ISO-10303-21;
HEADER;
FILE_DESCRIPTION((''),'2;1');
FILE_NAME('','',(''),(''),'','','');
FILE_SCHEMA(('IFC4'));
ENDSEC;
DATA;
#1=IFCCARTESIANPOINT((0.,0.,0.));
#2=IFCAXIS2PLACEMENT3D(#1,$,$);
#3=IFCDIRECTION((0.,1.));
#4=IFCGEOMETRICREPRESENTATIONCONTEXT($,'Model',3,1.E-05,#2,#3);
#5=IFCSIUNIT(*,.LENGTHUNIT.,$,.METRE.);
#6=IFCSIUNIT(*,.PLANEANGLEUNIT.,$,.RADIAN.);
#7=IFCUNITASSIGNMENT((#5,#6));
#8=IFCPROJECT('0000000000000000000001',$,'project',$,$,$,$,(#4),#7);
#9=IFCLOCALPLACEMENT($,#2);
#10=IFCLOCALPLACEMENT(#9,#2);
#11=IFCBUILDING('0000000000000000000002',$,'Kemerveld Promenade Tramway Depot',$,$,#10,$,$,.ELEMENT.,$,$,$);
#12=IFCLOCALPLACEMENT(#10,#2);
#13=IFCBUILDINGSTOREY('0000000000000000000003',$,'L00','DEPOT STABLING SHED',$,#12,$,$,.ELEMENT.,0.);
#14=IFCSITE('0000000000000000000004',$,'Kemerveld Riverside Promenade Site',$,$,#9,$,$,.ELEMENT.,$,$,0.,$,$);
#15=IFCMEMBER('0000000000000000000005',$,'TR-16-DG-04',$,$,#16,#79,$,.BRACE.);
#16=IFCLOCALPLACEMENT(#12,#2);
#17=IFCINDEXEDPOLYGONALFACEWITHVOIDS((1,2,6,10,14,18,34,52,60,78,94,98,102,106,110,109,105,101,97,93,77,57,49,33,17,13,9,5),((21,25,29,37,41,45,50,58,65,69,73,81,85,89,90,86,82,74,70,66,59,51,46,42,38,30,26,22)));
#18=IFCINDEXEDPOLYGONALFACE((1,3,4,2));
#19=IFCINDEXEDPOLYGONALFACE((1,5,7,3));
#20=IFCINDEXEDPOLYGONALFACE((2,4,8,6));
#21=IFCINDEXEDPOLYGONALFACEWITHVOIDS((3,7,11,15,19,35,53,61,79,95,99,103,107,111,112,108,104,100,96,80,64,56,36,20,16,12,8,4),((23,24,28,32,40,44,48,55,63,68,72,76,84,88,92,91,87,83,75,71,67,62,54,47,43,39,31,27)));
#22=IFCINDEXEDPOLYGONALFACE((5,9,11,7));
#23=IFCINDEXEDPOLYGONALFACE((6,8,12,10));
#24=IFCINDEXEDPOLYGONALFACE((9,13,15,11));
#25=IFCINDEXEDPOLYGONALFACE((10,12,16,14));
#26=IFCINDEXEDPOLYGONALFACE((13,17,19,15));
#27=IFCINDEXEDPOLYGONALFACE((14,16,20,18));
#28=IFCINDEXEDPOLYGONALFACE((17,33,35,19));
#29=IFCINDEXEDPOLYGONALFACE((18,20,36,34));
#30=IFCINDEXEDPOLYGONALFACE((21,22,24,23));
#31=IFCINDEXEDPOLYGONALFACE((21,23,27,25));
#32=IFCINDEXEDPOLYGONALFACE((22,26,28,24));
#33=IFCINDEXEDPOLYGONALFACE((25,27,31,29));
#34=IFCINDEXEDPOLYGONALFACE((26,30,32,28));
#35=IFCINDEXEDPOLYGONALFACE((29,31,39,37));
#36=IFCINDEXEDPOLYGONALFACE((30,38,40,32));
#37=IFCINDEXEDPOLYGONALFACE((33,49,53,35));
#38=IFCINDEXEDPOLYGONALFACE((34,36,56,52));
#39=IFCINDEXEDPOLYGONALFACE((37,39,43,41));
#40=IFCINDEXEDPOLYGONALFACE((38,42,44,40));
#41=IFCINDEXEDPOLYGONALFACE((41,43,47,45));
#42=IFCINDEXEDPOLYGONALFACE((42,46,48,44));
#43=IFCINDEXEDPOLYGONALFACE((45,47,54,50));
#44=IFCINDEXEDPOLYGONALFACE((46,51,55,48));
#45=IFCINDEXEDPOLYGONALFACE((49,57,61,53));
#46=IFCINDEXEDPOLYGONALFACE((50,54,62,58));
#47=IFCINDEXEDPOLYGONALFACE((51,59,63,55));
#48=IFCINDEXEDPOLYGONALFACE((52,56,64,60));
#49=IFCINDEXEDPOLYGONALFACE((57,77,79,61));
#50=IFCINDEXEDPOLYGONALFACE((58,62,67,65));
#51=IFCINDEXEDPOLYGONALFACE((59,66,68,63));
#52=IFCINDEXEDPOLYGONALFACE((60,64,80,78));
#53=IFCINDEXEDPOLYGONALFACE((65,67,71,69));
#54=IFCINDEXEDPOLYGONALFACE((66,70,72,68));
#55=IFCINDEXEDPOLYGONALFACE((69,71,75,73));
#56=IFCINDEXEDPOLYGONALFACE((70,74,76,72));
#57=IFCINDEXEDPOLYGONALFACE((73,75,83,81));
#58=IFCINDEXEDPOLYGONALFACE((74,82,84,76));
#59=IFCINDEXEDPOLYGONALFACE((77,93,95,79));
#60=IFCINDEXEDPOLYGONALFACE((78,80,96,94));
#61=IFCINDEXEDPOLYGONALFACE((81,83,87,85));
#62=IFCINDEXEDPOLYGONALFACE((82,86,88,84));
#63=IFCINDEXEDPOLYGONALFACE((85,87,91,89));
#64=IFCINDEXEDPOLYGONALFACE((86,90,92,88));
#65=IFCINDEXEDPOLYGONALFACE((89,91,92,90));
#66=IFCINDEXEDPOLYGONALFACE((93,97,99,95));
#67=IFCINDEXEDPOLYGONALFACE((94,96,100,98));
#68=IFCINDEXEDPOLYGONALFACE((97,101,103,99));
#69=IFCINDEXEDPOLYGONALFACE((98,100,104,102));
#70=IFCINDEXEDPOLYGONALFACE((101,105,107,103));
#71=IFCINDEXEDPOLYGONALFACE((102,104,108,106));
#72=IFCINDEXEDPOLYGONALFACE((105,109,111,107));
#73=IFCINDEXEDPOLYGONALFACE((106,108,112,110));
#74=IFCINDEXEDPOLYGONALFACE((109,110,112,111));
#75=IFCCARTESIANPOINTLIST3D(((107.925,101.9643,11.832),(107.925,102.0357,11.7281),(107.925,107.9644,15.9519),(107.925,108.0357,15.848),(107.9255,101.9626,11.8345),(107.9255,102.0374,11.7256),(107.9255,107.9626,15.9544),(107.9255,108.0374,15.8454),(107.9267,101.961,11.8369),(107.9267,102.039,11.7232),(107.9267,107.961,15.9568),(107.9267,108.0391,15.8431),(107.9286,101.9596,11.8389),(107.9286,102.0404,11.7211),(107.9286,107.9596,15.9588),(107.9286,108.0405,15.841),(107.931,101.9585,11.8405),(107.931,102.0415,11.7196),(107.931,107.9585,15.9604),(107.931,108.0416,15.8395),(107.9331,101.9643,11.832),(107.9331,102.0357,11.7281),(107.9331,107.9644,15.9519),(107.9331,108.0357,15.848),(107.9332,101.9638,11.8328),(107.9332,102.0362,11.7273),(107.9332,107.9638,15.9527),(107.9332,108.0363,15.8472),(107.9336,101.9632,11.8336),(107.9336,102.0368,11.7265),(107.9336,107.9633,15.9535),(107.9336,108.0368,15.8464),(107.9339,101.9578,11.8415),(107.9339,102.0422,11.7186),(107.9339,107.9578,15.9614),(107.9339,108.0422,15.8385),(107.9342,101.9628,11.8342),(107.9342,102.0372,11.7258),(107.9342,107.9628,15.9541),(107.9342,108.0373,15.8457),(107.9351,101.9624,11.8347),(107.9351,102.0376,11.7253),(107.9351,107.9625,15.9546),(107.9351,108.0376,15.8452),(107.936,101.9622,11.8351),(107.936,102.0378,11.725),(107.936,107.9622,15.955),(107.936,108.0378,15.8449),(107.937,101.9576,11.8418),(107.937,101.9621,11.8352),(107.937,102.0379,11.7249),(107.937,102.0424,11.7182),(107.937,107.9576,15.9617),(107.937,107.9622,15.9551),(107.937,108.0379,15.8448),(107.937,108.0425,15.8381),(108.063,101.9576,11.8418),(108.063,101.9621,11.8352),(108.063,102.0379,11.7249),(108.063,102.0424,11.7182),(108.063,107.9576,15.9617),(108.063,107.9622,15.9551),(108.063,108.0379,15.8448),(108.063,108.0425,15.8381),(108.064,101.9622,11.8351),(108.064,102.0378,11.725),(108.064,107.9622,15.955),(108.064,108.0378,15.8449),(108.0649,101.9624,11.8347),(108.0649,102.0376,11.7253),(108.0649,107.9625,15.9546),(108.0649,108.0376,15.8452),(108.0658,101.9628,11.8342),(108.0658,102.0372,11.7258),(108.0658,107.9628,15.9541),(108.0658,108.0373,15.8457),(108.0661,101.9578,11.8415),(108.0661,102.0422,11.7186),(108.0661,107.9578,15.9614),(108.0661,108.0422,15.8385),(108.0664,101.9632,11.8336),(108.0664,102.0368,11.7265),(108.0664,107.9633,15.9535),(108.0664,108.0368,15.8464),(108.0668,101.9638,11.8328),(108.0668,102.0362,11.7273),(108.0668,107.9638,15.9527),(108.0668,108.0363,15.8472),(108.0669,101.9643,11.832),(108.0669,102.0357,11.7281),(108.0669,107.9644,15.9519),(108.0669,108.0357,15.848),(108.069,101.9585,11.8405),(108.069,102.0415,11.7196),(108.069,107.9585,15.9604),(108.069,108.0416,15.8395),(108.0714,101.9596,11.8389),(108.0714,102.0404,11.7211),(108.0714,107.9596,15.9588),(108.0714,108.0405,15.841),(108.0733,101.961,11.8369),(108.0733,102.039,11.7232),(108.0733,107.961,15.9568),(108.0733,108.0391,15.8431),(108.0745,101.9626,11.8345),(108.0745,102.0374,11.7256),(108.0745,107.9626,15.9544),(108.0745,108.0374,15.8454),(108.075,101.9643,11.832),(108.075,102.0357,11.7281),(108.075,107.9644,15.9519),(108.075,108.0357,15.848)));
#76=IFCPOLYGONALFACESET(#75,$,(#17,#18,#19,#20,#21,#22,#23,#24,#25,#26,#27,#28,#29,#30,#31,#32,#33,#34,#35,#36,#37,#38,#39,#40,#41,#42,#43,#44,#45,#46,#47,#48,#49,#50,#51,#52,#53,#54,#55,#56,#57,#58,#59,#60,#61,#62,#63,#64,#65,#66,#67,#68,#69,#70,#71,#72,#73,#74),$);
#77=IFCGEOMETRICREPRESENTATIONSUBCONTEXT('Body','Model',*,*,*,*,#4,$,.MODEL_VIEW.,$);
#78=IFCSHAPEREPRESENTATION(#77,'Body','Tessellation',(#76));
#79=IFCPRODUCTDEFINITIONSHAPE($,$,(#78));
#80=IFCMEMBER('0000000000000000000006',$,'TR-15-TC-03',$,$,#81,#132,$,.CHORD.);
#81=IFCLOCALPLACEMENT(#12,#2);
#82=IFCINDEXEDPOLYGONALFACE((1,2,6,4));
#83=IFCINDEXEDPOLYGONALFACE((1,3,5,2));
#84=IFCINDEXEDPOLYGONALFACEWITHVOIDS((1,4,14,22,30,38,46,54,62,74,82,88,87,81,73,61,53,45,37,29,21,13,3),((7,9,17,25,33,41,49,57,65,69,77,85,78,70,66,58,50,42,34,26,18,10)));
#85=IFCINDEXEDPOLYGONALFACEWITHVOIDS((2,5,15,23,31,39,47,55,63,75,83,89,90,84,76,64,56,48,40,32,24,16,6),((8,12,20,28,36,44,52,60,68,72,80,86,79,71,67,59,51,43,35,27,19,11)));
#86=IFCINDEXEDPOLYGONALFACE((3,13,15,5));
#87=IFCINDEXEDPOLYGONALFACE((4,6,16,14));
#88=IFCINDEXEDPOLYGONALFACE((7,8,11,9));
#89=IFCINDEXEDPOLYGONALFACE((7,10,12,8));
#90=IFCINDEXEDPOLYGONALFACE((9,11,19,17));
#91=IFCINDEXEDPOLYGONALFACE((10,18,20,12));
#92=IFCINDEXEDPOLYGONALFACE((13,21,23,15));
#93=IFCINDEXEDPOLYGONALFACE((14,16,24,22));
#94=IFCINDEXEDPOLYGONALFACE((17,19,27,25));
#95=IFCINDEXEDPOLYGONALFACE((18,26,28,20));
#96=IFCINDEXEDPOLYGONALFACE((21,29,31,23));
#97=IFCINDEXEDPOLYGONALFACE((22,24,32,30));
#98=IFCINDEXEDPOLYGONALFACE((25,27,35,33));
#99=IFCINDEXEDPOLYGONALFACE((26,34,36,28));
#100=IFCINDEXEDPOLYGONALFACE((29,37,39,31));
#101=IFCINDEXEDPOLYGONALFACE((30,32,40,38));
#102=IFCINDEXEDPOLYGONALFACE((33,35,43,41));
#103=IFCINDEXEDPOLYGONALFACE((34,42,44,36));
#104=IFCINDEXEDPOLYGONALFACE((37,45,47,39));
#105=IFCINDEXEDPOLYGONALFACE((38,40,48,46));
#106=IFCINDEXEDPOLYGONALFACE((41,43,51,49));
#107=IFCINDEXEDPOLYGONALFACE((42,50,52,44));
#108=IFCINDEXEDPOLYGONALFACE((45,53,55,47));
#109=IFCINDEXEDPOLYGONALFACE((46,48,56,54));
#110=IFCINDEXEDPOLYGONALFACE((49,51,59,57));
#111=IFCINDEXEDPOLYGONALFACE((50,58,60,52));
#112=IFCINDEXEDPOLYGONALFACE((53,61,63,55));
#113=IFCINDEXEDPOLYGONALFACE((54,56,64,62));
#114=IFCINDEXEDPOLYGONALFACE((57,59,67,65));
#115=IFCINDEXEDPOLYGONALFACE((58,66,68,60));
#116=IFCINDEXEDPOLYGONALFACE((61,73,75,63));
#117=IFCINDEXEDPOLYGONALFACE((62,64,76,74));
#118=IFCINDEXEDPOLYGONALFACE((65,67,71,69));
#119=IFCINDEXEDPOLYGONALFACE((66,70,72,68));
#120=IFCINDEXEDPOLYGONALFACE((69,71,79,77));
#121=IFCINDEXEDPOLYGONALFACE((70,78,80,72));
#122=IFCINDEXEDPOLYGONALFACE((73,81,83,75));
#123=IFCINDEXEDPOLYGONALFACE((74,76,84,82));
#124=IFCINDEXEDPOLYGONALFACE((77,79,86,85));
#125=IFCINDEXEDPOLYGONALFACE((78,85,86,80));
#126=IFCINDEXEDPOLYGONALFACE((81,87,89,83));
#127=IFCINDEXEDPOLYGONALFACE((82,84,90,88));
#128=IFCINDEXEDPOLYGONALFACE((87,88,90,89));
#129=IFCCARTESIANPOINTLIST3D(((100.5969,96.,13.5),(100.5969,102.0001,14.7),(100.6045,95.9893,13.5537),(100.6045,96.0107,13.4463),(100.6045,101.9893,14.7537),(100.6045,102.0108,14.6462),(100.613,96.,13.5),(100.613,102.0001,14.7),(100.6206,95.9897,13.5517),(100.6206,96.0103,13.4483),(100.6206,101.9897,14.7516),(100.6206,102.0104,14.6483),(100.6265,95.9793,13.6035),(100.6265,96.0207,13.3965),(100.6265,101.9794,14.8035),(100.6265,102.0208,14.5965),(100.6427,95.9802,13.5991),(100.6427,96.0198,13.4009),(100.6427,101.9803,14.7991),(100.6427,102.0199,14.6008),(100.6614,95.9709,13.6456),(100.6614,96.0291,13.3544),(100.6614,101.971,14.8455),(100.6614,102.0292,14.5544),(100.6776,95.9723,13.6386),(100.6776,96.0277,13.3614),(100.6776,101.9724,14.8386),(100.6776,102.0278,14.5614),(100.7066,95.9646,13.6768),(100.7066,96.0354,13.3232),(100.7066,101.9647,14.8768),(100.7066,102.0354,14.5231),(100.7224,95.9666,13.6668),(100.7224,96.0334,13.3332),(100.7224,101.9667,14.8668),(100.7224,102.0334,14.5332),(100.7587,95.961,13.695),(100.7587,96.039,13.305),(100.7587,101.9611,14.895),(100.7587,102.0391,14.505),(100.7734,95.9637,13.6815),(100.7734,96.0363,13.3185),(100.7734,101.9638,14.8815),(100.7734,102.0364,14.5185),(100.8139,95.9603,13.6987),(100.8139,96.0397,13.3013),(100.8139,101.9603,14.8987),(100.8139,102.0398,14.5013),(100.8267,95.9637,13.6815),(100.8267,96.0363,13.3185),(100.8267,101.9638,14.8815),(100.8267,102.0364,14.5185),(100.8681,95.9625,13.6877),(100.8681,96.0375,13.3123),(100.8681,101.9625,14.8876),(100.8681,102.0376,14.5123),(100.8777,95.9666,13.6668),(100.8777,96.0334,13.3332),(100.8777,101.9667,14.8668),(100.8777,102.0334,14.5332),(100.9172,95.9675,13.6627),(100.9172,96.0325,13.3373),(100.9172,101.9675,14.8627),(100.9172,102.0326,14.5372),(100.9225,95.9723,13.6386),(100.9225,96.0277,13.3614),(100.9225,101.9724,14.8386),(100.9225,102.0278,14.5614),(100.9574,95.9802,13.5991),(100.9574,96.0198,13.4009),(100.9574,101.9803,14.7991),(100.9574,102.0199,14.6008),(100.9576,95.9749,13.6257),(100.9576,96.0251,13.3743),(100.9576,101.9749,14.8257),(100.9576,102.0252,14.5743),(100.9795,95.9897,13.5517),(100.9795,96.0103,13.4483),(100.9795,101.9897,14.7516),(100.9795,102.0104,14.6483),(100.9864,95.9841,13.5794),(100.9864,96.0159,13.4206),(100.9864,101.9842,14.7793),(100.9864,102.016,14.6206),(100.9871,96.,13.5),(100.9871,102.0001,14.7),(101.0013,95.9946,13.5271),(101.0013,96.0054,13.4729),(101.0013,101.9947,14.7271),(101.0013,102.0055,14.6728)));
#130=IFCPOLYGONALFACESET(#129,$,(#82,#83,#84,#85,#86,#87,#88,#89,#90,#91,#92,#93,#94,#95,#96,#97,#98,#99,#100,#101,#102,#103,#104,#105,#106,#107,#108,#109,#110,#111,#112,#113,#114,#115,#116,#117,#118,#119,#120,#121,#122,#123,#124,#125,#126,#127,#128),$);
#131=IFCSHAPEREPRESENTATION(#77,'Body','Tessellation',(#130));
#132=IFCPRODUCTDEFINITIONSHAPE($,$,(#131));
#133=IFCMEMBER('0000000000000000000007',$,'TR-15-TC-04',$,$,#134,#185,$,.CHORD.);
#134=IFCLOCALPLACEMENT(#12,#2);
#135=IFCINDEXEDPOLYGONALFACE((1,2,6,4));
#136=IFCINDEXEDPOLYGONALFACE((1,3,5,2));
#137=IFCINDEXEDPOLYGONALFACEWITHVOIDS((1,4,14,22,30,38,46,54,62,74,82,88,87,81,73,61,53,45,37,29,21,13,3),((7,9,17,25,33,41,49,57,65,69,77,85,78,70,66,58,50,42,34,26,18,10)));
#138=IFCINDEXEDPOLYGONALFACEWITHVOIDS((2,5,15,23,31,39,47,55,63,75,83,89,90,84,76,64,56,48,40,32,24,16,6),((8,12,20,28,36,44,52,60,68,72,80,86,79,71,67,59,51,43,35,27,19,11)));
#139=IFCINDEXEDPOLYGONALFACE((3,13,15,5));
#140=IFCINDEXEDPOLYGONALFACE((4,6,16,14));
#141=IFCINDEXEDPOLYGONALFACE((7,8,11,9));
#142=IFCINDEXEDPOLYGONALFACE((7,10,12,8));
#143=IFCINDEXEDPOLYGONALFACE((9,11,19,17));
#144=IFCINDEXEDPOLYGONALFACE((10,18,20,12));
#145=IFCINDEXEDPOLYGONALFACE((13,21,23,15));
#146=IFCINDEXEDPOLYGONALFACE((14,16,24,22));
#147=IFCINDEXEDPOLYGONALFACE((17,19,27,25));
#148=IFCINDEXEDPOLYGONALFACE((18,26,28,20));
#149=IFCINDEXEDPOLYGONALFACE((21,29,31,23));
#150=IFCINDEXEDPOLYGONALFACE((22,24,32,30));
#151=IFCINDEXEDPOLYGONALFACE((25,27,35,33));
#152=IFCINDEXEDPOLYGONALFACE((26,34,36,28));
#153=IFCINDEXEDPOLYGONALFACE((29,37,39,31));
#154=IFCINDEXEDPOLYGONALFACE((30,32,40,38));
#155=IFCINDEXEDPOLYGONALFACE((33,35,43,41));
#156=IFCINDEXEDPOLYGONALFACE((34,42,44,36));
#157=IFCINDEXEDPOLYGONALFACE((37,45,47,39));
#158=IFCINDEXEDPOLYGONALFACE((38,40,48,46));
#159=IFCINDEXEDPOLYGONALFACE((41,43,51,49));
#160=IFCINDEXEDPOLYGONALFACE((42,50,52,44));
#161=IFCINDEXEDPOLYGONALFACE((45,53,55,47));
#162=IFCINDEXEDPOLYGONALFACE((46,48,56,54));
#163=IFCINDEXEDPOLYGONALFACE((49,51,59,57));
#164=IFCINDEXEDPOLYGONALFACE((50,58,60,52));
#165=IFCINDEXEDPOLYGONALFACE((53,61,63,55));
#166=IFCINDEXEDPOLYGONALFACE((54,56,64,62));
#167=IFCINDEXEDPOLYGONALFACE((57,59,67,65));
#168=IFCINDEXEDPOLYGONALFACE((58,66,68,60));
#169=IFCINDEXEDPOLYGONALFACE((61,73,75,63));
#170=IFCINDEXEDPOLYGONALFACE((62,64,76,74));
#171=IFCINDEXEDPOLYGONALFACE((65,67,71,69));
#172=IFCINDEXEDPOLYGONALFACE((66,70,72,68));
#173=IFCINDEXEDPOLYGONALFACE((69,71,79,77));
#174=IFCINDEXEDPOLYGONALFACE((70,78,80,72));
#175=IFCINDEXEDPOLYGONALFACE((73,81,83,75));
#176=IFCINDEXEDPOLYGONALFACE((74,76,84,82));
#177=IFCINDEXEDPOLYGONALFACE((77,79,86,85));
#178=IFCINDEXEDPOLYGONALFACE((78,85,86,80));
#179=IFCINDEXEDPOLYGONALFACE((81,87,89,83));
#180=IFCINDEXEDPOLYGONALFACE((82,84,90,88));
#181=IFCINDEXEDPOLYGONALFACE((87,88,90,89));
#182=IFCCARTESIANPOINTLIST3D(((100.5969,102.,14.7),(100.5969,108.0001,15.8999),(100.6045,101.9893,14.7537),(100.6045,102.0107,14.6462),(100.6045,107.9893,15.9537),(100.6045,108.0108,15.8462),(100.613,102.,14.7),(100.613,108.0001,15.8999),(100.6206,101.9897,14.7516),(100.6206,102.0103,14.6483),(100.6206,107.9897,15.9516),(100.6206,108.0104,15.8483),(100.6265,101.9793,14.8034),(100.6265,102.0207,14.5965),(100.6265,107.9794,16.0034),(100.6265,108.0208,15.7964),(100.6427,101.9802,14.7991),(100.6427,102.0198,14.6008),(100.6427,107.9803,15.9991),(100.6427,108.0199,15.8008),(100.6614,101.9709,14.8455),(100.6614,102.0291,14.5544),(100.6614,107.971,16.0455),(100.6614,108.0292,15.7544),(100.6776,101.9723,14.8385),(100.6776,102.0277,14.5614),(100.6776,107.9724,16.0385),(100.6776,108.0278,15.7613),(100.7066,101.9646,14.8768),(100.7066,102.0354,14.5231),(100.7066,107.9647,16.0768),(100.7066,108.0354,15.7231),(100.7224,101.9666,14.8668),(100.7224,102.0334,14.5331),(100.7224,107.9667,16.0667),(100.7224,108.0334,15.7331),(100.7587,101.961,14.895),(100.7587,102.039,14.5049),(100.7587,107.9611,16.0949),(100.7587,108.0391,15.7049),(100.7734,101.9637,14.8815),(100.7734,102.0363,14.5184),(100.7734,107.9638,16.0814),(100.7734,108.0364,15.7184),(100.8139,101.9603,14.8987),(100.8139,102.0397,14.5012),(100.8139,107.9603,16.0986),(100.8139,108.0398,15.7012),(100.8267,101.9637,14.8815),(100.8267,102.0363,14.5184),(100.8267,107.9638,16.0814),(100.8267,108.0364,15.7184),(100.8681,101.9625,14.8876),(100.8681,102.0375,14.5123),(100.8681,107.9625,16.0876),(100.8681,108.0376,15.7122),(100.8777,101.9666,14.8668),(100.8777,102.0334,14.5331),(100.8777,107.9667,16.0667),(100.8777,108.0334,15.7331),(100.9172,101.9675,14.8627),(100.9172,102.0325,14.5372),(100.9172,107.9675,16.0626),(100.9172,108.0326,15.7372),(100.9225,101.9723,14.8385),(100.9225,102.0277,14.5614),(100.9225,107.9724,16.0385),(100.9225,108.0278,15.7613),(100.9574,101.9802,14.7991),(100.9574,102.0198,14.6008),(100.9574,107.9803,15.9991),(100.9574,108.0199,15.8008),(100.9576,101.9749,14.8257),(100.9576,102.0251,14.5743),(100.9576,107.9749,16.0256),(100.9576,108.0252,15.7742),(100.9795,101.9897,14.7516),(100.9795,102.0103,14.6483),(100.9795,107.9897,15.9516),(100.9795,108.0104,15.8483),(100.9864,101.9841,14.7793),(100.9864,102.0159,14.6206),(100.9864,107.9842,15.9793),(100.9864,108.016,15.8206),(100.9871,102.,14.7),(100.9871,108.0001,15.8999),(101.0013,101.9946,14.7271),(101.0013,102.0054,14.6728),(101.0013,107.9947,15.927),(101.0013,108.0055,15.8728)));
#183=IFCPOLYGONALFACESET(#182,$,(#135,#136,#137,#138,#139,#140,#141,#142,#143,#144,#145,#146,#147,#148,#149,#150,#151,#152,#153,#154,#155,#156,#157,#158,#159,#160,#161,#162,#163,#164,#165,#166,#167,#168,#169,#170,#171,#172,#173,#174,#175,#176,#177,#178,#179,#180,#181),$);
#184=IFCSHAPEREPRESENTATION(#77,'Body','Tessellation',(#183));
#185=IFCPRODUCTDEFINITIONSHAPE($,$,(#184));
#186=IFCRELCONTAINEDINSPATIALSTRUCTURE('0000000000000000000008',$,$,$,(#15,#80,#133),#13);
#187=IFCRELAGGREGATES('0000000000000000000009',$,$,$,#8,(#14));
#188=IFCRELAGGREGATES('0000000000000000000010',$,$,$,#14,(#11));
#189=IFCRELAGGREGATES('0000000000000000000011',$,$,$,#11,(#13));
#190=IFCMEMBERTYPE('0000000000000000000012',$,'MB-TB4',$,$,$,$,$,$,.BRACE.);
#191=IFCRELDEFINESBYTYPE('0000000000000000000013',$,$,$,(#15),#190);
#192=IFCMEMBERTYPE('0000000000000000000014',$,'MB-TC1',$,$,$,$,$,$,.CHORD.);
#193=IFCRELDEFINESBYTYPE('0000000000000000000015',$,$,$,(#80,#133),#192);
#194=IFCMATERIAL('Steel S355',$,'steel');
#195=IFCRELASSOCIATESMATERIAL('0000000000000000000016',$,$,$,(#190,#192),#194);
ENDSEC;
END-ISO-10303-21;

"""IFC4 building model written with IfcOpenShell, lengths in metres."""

from ifc_helpers import new_model, si_unit, direction, frame, origin, origin_2d, place, context, subcontext, project, spatial, hollow_rectangle, hollow_circle, extrude, material, material_profile, profile_set, type_object, element, save


model = new_model("IFC4")

# Units and contexts
model_context = context("Model", 3, precision=1e-05, world=origin(), true_north=direction((0.0, 1.0)))
body_context = subcontext(model_context, "Body", "Model", "MODEL_VIEW")
ifc_project = project(units=[si_unit("LENGTHUNIT", "METRE"), si_unit("PLANEANGLEUNIT", "RADIAN")], contexts=[model_context])

# Site, building, storey
site_placement = place(None, origin())
site = spatial("IfcSite", under=ifc_project, at=site_placement, Name="Kemerveld Riverside Promenade Site", CompositionType="ELEMENT", RefElevation=0.0)
building_placement = place(site_placement, origin())
building = spatial("IfcBuilding", under=site, at=building_placement, Name="Kemerveld Promenade Tramway Depot", CompositionType="ELEMENT")
storey_placement = place(building_placement, origin())
storey = spatial("IfcBuildingStorey", under=building, at=storey_placement, Name="L00", Description="DEPOT STABLING SHED", CompositionType="ELEMENT", Elevation=0.0)

# Members
ifc_material_1 = material(Name="Steel S355", Category="steel")
ifc_material_profile_1 = material_profile(ifc_material_1, hollow_rectangle(XDim=0.1499, YDim=0.1499, WallThickness=0.0081, InnerFilletRadius=0.0039, OuterFilletRadius=0.012, at=origin_2d()), Name="150x150x8.0 SHS")
ifc_profile_set_1 = profile_set([ifc_material_profile_1], Name="Steel S355")
member_type_1 = type_object("IfcMemberType", Name="MB-TB4", PredefinedType="BRACE", material=ifc_profile_set_1)
member_1_placement = place(storey_placement, frame((108.0, 102.0, 11.78), z_axis=(0.0, 0.824371, 0.56605), x_axis=(-1.0, 0.0, 0.0)))
element("IfcMember", 1, at=member_1_placement, inside=storey, type_object=member_type_1, Name="TR-16-DG-04", PredefinedType="BRACE", context=body_context, shape_type="SweptSolid", body=[
    extrude(hollow_rectangle(XDim=0.1499, YDim=0.1499, WallThickness=0.0081, InnerFilletRadius=0.0039, OuterFilletRadius=0.012, at=origin_2d()), origin(), (0.0, 0.0, 1.0), 7.2783),
])
ifc_material_profile_2 = material_profile(ifc_material_1, hollow_circle(Radius=0.2031, WallThickness=0.0161, at=origin_2d()), Name="406.4x16.0 CHS")
ifc_profile_set_2 = profile_set([ifc_material_profile_2], Name="Steel S355")
member_type_2 = type_object("IfcMemberType", Name="MB-TC1", PredefinedType="CHORD", material=ifc_profile_set_2)
for number, where, z_axis, x_axis, name in (
    (2, (100.8, 96.0, 13.5), (0.0, 0.980582, 0.196108), (-1.0, 0.0, 0.0), "TR-15-TC-03"),
    (3, (100.8, 102.0, 14.7), (0.0, 0.980582, 0.196108), (-1.0, 0.0, 0.0), "TR-15-TC-04"),
):
    element("IfcMember", number, at=place(storey_placement, frame(where, z_axis=z_axis, x_axis=x_axis)), inside=storey, type_object=member_type_2, Name=name, PredefinedType="CHORD", context=body_context, shape_type="SweptSolid", body=[
        extrude(hollow_circle(Radius=0.2031, WallThickness=0.0161, at=origin_2d()), origin(), (0.0, 0.0, 1.0), 6.1189),
    ])

save(model, "model.ifc")
